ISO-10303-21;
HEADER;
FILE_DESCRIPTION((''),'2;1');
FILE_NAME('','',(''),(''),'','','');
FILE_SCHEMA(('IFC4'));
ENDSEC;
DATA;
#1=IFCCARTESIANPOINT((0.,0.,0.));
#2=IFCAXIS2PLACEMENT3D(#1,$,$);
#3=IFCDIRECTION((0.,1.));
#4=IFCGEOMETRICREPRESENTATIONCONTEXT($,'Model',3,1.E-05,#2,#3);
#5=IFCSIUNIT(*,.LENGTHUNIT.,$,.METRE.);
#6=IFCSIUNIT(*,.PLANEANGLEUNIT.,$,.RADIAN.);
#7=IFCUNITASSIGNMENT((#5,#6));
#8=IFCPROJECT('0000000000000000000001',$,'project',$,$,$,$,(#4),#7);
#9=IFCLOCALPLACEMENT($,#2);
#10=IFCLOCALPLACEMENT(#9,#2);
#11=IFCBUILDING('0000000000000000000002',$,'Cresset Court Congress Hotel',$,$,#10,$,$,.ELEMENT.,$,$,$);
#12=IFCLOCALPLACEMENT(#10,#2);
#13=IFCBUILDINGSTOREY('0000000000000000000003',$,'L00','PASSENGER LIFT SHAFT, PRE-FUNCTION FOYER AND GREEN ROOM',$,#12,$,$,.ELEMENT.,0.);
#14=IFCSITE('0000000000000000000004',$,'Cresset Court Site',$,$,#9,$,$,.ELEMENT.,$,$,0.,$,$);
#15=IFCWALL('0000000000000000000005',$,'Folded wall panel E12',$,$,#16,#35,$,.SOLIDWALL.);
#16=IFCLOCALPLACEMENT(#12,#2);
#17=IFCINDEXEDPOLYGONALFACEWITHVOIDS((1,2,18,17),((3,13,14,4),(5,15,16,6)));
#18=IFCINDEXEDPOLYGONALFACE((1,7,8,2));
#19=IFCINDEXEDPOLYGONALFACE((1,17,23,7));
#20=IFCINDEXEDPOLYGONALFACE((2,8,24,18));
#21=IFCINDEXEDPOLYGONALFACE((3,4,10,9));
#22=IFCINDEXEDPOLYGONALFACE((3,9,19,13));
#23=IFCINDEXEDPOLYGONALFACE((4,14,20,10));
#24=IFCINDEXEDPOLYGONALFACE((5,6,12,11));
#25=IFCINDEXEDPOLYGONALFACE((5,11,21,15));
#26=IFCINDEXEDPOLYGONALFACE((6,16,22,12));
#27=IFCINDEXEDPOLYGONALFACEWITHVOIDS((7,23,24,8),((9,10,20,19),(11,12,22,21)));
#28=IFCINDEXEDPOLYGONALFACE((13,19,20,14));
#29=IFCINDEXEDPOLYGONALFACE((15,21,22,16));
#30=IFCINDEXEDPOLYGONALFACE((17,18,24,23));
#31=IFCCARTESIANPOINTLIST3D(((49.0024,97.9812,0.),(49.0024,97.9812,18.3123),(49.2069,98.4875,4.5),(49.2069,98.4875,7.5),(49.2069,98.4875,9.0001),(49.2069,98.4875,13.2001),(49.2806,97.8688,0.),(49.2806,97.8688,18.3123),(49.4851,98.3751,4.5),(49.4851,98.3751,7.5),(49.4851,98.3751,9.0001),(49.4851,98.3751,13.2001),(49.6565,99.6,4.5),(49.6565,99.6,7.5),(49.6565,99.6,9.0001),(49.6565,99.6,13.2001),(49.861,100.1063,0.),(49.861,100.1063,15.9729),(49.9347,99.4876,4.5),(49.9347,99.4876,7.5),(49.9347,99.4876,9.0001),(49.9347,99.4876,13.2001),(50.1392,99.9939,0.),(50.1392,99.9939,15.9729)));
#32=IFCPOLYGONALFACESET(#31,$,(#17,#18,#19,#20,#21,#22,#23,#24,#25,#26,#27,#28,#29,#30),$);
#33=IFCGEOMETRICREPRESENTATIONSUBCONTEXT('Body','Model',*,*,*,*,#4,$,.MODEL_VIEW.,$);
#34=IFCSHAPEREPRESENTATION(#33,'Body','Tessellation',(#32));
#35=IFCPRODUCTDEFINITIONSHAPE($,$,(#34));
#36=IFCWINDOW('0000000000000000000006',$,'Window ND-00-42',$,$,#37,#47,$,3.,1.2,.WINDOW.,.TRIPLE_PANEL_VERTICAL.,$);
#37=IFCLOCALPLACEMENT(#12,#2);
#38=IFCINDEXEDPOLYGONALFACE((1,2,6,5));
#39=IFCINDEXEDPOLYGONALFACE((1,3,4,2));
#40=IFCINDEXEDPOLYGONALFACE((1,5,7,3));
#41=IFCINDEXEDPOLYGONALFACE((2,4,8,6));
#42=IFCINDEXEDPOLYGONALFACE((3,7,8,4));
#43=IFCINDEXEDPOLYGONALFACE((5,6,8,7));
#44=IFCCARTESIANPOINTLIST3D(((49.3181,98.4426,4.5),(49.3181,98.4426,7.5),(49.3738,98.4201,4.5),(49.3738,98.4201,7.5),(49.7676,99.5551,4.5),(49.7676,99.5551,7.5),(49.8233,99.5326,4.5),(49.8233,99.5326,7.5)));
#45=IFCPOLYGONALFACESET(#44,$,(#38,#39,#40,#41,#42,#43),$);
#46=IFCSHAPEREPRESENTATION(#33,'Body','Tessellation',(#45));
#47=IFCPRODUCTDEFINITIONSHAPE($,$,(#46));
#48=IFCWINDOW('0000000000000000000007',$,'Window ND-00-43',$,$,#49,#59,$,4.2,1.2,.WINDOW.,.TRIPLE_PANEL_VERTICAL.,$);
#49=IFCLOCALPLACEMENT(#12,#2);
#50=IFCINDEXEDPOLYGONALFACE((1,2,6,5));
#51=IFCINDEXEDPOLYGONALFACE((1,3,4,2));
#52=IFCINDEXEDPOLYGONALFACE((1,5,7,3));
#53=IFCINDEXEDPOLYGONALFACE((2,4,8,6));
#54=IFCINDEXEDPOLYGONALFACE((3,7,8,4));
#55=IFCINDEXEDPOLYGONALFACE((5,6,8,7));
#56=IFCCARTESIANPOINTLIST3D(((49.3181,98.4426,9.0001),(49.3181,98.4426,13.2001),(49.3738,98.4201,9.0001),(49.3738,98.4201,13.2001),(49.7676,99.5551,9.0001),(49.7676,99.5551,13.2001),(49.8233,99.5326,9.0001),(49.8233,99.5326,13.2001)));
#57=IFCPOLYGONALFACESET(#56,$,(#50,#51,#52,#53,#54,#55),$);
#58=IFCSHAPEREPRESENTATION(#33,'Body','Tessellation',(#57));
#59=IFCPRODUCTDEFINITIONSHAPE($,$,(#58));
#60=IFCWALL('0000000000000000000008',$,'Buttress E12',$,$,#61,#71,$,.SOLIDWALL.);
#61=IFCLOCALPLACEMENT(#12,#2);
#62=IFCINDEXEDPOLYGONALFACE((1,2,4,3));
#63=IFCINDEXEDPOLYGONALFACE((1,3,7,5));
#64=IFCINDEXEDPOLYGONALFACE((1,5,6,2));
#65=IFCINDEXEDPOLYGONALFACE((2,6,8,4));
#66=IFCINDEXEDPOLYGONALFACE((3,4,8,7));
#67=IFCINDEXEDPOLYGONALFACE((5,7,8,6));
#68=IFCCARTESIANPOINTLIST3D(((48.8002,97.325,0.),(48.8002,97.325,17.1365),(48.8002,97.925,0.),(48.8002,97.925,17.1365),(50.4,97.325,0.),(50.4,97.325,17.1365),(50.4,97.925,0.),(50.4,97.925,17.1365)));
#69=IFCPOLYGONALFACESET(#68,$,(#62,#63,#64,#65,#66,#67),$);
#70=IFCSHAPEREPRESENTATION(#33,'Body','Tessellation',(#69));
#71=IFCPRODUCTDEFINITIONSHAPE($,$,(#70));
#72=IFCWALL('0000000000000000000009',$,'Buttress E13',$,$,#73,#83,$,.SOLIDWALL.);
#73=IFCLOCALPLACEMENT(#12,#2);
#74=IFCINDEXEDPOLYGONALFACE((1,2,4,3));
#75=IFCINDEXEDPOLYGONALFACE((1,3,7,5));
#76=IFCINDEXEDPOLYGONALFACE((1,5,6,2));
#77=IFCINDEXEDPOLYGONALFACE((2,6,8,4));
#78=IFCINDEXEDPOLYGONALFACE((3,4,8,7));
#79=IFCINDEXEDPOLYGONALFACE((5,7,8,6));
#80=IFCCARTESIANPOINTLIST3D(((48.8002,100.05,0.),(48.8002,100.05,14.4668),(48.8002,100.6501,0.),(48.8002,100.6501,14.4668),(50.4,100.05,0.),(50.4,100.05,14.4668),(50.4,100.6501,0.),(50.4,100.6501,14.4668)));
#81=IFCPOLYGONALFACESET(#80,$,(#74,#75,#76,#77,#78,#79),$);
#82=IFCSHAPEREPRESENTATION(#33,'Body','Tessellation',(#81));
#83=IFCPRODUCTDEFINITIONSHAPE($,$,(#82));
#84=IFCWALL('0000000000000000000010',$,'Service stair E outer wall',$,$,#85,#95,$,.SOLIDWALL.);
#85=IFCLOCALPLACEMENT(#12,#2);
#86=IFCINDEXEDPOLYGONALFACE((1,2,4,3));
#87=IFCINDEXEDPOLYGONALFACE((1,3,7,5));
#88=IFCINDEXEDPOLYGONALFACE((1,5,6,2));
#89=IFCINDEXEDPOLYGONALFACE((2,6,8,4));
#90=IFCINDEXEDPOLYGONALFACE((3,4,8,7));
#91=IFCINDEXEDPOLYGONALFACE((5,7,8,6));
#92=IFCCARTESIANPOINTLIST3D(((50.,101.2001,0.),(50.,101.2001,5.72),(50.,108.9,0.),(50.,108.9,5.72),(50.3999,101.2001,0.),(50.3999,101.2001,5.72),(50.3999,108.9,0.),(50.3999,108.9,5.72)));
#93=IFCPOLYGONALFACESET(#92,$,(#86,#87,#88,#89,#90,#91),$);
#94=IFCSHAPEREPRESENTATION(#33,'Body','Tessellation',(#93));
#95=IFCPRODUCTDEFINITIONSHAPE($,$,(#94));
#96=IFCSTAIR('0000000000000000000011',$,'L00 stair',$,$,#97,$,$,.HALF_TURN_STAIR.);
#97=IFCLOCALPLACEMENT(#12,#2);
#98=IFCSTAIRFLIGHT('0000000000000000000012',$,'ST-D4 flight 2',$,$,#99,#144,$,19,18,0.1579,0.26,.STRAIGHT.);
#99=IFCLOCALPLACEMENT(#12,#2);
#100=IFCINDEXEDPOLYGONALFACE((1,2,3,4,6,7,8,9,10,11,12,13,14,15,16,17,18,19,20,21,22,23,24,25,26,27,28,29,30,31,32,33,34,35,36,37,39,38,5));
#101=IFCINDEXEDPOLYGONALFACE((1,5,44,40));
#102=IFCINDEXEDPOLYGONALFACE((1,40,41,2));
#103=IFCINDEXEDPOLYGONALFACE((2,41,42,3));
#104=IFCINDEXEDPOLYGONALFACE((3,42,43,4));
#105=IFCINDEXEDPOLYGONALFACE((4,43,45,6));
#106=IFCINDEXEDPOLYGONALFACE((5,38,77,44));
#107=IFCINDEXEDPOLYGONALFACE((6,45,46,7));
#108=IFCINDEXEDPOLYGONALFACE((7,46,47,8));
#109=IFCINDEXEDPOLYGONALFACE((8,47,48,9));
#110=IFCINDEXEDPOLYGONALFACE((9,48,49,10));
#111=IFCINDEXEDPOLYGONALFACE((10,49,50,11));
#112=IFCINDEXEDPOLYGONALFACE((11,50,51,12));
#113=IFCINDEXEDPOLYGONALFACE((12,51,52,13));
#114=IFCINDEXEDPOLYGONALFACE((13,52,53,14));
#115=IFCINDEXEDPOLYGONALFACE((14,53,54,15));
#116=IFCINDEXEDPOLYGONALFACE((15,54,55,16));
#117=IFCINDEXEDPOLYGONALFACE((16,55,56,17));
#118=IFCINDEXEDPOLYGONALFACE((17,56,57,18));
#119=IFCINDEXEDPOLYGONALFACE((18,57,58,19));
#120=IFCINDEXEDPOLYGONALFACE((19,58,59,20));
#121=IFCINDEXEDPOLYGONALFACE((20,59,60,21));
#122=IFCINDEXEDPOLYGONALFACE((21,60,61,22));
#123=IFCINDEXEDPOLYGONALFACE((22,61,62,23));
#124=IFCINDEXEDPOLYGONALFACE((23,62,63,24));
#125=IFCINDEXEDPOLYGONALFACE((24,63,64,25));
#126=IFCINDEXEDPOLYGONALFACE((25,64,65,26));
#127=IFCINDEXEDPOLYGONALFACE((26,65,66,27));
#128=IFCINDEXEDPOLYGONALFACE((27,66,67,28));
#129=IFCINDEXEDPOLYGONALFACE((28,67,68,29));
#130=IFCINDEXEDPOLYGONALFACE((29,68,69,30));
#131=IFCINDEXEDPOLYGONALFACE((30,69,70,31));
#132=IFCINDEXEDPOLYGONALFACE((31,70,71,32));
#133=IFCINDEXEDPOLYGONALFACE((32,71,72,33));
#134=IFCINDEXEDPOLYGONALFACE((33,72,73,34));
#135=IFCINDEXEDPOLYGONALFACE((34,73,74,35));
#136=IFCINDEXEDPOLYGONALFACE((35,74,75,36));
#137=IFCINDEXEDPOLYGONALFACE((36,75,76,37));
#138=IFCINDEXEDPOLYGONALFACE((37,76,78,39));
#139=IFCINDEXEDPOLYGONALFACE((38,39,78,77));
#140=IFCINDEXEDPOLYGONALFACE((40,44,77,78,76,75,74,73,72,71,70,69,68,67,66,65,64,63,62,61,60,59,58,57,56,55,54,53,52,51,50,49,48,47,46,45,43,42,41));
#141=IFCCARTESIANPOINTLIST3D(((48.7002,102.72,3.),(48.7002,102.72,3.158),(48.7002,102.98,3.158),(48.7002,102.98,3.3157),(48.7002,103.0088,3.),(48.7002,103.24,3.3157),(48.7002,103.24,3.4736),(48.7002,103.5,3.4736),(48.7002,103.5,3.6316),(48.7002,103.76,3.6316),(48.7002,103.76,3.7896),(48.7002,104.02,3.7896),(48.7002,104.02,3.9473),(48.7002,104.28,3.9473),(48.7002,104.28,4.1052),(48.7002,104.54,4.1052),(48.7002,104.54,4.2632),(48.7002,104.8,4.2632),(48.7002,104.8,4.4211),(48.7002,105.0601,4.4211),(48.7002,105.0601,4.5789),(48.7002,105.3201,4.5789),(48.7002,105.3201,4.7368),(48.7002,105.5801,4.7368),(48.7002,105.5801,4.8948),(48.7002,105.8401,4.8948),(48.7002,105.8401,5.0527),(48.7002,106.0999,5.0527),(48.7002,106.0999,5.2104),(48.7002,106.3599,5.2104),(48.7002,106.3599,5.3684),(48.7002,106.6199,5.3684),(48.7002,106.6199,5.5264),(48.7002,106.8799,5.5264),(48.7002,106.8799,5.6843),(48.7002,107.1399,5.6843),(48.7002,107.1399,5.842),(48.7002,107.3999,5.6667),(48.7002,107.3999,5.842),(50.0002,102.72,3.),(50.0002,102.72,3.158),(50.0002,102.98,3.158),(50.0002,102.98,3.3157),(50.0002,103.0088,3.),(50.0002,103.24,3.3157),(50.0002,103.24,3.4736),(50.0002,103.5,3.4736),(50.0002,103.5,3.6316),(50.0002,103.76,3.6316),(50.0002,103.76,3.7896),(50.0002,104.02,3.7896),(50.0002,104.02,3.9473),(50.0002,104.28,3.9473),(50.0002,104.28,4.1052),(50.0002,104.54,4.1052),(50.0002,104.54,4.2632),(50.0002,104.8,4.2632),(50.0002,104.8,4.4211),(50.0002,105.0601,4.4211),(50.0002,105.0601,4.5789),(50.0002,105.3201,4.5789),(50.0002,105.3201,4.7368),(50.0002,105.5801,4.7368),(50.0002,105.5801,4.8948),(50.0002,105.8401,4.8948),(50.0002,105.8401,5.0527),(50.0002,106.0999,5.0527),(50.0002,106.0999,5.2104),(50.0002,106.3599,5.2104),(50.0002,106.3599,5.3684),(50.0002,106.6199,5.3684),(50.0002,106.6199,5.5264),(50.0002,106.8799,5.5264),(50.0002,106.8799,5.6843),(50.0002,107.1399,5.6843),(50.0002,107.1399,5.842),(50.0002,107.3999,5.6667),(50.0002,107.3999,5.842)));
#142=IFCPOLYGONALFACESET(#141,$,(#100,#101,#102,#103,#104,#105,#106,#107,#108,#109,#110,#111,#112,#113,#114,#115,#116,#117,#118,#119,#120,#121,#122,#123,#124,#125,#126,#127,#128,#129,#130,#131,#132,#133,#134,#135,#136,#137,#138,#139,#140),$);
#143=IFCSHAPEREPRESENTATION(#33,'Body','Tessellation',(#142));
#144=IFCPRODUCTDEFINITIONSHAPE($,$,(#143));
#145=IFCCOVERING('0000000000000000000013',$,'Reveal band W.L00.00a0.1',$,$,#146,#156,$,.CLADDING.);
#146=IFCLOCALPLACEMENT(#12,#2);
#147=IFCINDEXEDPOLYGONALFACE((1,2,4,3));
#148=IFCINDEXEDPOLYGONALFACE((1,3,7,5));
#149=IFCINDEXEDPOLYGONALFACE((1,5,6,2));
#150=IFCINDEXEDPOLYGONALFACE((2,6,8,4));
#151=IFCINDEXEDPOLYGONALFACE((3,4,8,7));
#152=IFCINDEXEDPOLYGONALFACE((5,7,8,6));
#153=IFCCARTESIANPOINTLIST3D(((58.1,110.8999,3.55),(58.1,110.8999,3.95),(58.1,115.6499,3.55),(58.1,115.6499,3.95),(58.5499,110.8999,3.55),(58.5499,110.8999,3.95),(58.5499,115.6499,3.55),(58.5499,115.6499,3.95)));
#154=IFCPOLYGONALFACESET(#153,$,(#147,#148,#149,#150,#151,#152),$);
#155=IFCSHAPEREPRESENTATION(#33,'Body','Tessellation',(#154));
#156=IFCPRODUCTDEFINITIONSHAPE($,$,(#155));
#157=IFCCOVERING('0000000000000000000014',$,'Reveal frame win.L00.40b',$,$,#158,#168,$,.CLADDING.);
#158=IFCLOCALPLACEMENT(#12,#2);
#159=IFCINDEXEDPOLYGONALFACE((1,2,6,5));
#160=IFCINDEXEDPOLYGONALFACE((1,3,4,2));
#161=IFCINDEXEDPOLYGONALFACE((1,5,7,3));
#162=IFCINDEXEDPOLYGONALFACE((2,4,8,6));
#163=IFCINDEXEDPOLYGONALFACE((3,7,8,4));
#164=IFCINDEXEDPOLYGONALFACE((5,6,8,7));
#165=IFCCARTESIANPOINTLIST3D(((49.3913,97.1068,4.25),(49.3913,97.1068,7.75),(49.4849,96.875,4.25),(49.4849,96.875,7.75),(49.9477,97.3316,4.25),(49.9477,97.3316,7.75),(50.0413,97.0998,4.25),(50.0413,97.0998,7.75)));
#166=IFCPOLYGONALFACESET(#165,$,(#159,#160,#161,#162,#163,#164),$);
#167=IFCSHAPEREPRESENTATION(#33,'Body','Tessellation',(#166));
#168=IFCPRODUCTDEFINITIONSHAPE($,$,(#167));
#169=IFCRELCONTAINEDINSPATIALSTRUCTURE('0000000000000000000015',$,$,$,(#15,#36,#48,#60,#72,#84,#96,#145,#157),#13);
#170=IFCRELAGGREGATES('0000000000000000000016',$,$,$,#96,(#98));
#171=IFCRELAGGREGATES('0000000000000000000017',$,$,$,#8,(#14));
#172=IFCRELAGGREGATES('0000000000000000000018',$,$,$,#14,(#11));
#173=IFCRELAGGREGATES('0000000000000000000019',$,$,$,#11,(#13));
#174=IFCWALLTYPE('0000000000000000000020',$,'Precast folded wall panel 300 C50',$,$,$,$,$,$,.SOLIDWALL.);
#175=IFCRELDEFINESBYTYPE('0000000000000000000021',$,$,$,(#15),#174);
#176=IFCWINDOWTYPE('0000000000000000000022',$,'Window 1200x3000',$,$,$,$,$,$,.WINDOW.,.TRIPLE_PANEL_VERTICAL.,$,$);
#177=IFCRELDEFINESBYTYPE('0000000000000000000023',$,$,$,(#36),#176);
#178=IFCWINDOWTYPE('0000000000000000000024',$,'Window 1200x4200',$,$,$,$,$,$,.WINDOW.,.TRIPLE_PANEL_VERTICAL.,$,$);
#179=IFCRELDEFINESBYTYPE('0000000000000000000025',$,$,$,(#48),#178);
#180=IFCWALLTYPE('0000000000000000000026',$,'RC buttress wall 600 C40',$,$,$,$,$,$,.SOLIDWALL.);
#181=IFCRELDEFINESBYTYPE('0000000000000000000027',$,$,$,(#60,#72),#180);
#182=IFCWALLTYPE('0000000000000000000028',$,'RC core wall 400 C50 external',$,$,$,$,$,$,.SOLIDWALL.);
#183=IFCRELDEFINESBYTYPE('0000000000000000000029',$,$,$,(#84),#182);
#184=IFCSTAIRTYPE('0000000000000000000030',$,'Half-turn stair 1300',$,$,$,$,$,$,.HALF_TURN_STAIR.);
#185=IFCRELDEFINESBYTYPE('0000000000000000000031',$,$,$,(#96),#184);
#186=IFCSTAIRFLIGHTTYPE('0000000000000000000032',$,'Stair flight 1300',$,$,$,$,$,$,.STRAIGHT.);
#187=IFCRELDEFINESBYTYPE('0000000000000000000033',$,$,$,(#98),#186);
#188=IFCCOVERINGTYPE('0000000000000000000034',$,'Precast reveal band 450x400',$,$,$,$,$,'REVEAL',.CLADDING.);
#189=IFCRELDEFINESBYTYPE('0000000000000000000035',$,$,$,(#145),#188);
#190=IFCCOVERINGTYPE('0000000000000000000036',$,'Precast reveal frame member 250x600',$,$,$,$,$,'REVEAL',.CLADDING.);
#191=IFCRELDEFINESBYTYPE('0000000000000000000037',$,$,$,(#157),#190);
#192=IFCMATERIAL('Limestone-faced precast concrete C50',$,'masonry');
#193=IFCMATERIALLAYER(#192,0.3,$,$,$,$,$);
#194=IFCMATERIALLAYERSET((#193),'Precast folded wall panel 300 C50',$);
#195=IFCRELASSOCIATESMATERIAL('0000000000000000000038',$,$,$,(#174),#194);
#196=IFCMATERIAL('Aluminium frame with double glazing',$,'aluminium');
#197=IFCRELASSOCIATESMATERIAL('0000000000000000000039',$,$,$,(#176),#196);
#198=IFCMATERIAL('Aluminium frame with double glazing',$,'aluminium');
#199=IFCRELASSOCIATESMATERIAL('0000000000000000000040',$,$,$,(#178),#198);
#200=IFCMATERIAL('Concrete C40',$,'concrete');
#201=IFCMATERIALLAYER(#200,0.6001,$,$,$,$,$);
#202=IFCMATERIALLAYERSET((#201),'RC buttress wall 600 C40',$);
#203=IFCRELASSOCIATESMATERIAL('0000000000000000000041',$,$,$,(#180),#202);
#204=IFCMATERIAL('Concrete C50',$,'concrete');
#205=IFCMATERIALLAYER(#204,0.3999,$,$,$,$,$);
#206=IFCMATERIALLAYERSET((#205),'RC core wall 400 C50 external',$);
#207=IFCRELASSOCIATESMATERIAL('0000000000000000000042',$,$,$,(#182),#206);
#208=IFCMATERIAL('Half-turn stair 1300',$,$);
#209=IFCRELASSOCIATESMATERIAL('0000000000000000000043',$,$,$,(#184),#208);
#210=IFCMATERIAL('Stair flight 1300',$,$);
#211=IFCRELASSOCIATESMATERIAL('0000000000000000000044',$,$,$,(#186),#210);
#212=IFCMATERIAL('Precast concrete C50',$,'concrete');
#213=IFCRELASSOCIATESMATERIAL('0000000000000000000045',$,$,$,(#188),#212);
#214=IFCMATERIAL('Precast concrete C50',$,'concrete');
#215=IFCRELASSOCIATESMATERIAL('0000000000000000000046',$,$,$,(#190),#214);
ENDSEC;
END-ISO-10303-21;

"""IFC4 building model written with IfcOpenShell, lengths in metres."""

from ifc_helpers import new_model, si_unit, direction, frame, frame_2d, origin, origin_2d, place, context, subcontext, project, spatial, polyline, rectangle, outline, extrude, material, layer, layer_set, type_object, element, fill, aggregate, save


model = new_model("IFC4")

# Units and contexts
model_context = context("Model", 3, precision=1e-05, world=origin(), true_north=direction((0.0, 1.0)))
body_context = subcontext(model_context, "Body", "Model", "MODEL_VIEW")
ifc_project = project(units=[si_unit("LENGTHUNIT", "METRE"), si_unit("PLANEANGLEUNIT", "RADIAN")], contexts=[model_context])

# Site, building, storey
site_placement = place(None, origin())
site = spatial("IfcSite", under=ifc_project, at=site_placement, Name="Cresset Court Site", CompositionType="ELEMENT", RefElevation=0.0)
building_placement = place(site_placement, origin())
building = spatial("IfcBuilding", under=site, at=building_placement, Name="Cresset Court Congress Hotel", CompositionType="ELEMENT")
storey_placement = place(building_placement, origin())
storey = spatial("IfcBuildingStorey", under=building, at=storey_placement, Name="L00", Description="PASSENGER LIFT SHAFT, PRE-FUNCTION FOYER AND GREEN ROOM", CompositionType="ELEMENT", Elevation=0.0)

# Wall, openings, windows
ifc_material_1 = material(Name="Limestone-faced precast concrete C50", Category="masonry")
ifc_layer_1 = layer(ifc_material_1, 0.3)
ifc_layer_set_1 = layer_set([ifc_layer_1], Name="Precast folded wall panel 300 C50")
wall_type_1 = type_object("IfcWallType", Name="Precast folded wall panel 300 C50", PredefinedType="SOLIDWALL", material=ifc_layer_set_1)
ifc_material_2 = material(Name="Aluminium frame with double glazing", Category="aluminium")
window_type_1 = type_object("IfcWindowType", Name="Window 1200x3000", PartitioningType="TRIPLE_PANEL_VERTICAL", PredefinedType="WINDOW", material=ifc_material_2)
ifc_material_3 = material(Name="Aluminium frame with double glazing", Category="aluminium")
window_type_2 = type_object("IfcWindowType", Name="Window 1200x4200", PartitioningType="TRIPLE_PANEL_VERTICAL", PredefinedType="WINDOW", material=ifc_material_3)
wall_1_placement = place(storey_placement, frame((49.1414, 97.925, 0.0), z_axis=(0.0, 0.0, 1.0), x_axis=(0.374639, 0.927171, 0.0)))
wall_1 = element("IfcWall", 1, at=wall_1_placement, inside=storey, type_object=wall_type_1, Name="Folded wall panel E12", PredefinedType="SOLIDWALL", context=body_context, shape_type="SweptSolid", body=[
    extrude(outline(polyline([(0.0, 0.0), (2.292, 0.0), (2.292, 15.9729), (0.0, 18.3123), (0.0, 0.0)])), frame((0.0, 0.1499, 0.0), z_axis=(0.0, -1.0, 0.0), x_axis=(1.0, 0.0, 0.0)), (0.0, 0.0, 1.0), 0.3),
])
opening_1_placement = place(wall_1_placement, frame((0.5459, 0.0, 4.5)))
opening_1 = element("IfcOpeningElement", 2, at=opening_1_placement, cuts=wall_1, PredefinedType="OPENING", context=body_context, shape_type="SweptSolid", body=[
    extrude(rectangle(XDim=1.2, YDim=3.0, at=frame_2d((0.6001, 1.5))), frame((0.0, 0.1599, 0.0), z_axis=(0.0, -1.0, 0.0), x_axis=(1.0, 0.0, 0.0)), (0.0, 0.0, 1.0), 0.3201),
])
opening_2_placement = place(wall_1_placement, frame((0.5459, 0.0, 9.0)))
opening_2 = element("IfcOpeningElement", 3, at=opening_2_placement, cuts=wall_1, PredefinedType="OPENING", context=body_context, shape_type="SweptSolid", body=[
    extrude(rectangle(XDim=1.2, YDim=4.2, at=frame_2d((0.6001, 2.1001))), frame((0.0, 0.1599, 0.0), z_axis=(0.0, -1.0, 0.0), x_axis=(1.0, 0.0, 0.0)), (0.0, 0.0, 1.0), 0.3201),
])
window_1_placement = place(opening_1_placement, origin())
window_1 = element("IfcWindow", 4, at=window_1_placement, inside=storey, type_object=window_type_1, Name="Window ND-00-42", OverallHeight=3.0, OverallWidth=1.2, PartitioningType="TRIPLE_PANEL_VERTICAL", PredefinedType="WINDOW", context=body_context, shape_type="SweptSolid", body=[
    extrude(rectangle(XDim=1.2, YDim=3.0, at=frame_2d((0.6001, 1.5))), frame((0.0, 0.03, 0.0), z_axis=(0.0, -1.0, 0.0), x_axis=(1.0, 0.0, 0.0)), (0.0, 0.0, 1.0), 0.0601),
])
fill(opening_1, window_1)
window_2_placement = place(opening_2_placement, origin())
window_2 = element("IfcWindow", 5, at=window_2_placement, inside=storey, type_object=window_type_2, Name="Window ND-00-43", OverallHeight=4.2, OverallWidth=1.2, PartitioningType="TRIPLE_PANEL_VERTICAL", PredefinedType="WINDOW", context=body_context, shape_type="SweptSolid", body=[
    extrude(rectangle(XDim=1.2, YDim=4.2, at=frame_2d((0.6001, 2.1001))), frame((0.0, 0.03, 0.0), z_axis=(0.0, -1.0, 0.0), x_axis=(1.0, 0.0, 0.0)), (0.0, 0.0, 1.0), 0.0601),
])
fill(opening_2, window_2)

# Walls
ifc_material_4 = material(Name="Concrete C40", Category="concrete")
ifc_layer_2 = layer(ifc_material_4, 0.6001)
ifc_layer_set_2 = layer_set([ifc_layer_2], Name="RC buttress wall 600 C40")
wall_type_2 = type_object("IfcWallType", Name="RC buttress wall 600 C40", PredefinedType="SOLIDWALL", material=ifc_layer_set_2)
wall_2_placement = place(storey_placement, frame((50.3999, 97.625, 0.0), z_axis=(0.0, 0.0, 1.0), x_axis=(-1.0, 0.0, 0.0)))
element("IfcWall", 6, at=wall_2_placement, inside=storey, type_object=wall_type_2, Name="Buttress E12", PredefinedType="SOLIDWALL", context=body_context, shape_type="SweptSolid", body=[
    extrude(rectangle(XDim=1.5999, YDim=0.6001, at=frame_2d((0.7998, 0.0))), origin(), (0.0, 0.0, 1.0), 17.1365),
])
wall_3_placement = place(storey_placement, frame((50.3999, 100.3501, 0.0), z_axis=(0.0, 0.0, 1.0), x_axis=(-1.0, 0.0, 0.0)))
element("IfcWall", 7, at=wall_3_placement, inside=storey, type_object=wall_type_2, Name="Buttress E13", PredefinedType="SOLIDWALL", context=body_context, shape_type="SweptSolid", body=[
    extrude(rectangle(XDim=1.5999, YDim=0.6001, at=frame_2d((0.7998, 0.0))), origin(), (0.0, 0.0, 1.0), 14.4668),
])
ifc_material_5 = material(Name="Concrete C50", Category="concrete")
ifc_layer_3 = layer(ifc_material_5, 0.3999)
ifc_layer_set_3 = layer_set([ifc_layer_3], Name="RC core wall 400 C50 external")
wall_type_3 = type_object("IfcWallType", Name="RC core wall 400 C50 external", PredefinedType="SOLIDWALL", material=ifc_layer_set_3)
wall_4_placement = place(storey_placement, frame((50.2, 101.2, 0.0), z_axis=(0.0, 0.0, 1.0), x_axis=(0.0, 1.0, 0.0)))
element("IfcWall", 8, at=wall_4_placement, inside=storey, type_object=wall_type_3, Name="Service stair E outer wall", PredefinedType="SOLIDWALL", context=body_context, shape_type="SweptSolid", body=[
    extrude(rectangle(XDim=7.7, YDim=0.3999, at=frame_2d((3.8501, 0.0))), origin(), (0.0, 0.0, 1.0), 5.72),
])

# Stair, stair flight
ifc_material_6 = material(Name="Half-turn stair 1300")
stair_type = type_object("IfcStairType", Name="Half-turn stair 1300", PredefinedType="HALF_TURN_STAIR", material=ifc_material_6)
stair_placement = place(storey_placement, origin())
stair = element("IfcStair", 9, at=stair_placement, inside=storey, type_object=stair_type, Name="L00 stair", PredefinedType="HALF_TURN_STAIR")
ifc_material_7 = material(Name="Stair flight 1300")
stair_flight_type = type_object("IfcStairFlightType", Name="Stair flight 1300", PredefinedType="STRAIGHT", material=ifc_material_7)
stair_flight_placement = place(storey_placement, frame((49.3501, 102.72, 3.0), z_axis=(0.0, 0.0, 1.0), x_axis=(0.0, 1.0, 0.0)))
stair_flight = element("IfcStairFlight", 10, at=stair_flight_placement, type_object=stair_flight_type, Name="ST-D4 flight 2", NumberOfRisers=19, NumberOfTreads=18, PredefinedType="STRAIGHT", RiserHeight=0.1579, TreadLength=0.26, context=body_context, shape_type="SweptSolid", body=[
    extrude(outline(polyline([(0.0, 0.0), (0.0, 0.158), (0.26, 0.158), (0.26, 0.3157), (0.52, 0.3157), (0.52, 0.4736), (0.78, 0.4736), (0.78, 0.6316), (1.04, 0.6316), (1.04, 0.7896), (1.3, 0.7896), (1.3, 0.9473), (1.5601, 0.9473), (1.5601, 1.1052), (1.8201, 1.1052), (1.8201, 1.2632), (2.0801, 1.2632), (2.0801, 1.4211), (2.3401, 1.4211), (2.3401, 1.5789), (2.6001, 1.5789), (2.6001, 1.7368), (2.8601, 1.7368), (2.8601, 1.8948), (3.1201, 1.8948), (3.1201, 2.0527), (3.3799, 2.0527), (3.3799, 2.2104), (3.6399, 2.2104), (3.6399, 2.3684), (3.8999, 2.3684), (3.8999, 2.5264), (4.1599, 2.5264), (4.1599, 2.6843), (4.4199, 2.6843), (4.4199, 2.842), (4.6799, 2.842), (4.6799, 3.0), (4.6799, 2.6667), (0.2888, 0.0), (0.0, 0.0)])), frame((0.0, 0.6499, 0.0), z_axis=(0.0, -1.0, 0.0), x_axis=(1.0, 0.0, 0.0)), (0.0, 0.0, 1.0), 1.3),
])
aggregate(stair, [stair_flight])

# Coverings
ifc_material_8 = material(Name="Precast concrete C50", Category="concrete")
covering_type_1 = type_object("IfcCoveringType", Name="Precast reveal band 450x400", ElementType="REVEAL", PredefinedType="CLADDING", material=ifc_material_8)
covering_placement = place(storey_placement, frame((58.325, 113.2749, 3.55), z_axis=(0.0, 0.0, 1.0), x_axis=(0.0, 1.0, 0.0)))
element("IfcCovering", 11, at=covering_placement, inside=storey, type_object=covering_type_1, Name="Reveal band W.L00.00a0.1", PredefinedType="CLADDING", context=body_context, shape_type="SweptSolid", body=[
    extrude(rectangle(XDim=4.75, YDim=0.45, at=origin_2d()), origin(), (0.0, 0.0, 1.0), 0.3999),
])
ifc_material_9 = material(Name="Precast concrete C50", Category="concrete")
covering_type_2 = type_object("IfcCoveringType", Name="Precast reveal frame member 250x600", ElementType="REVEAL", PredefinedType="CLADDING", material=ifc_material_9)
for number, where, z_axis, x_axis, name in (
    (12, (49.7163, 97.1033, 4.25), (0.0, 0.0, 1.0), (-0.374623, 0.927177, 0.0), "Reveal frame win.L00.40b"),
):
    element("IfcCovering", number, at=place(storey_placement, frame(where, z_axis=z_axis, x_axis=x_axis)), inside=storey, type_object=covering_type_2, Name=name, PredefinedType="CLADDING", context=body_context, shape_type="SweptSolid", body=[
        extrude(rectangle(XDim=0.25, YDim=0.6001, at=origin_2d()), origin(), (0.0, 0.0, 1.0), 3.5),
    ])

save(model, "model.ifc")
